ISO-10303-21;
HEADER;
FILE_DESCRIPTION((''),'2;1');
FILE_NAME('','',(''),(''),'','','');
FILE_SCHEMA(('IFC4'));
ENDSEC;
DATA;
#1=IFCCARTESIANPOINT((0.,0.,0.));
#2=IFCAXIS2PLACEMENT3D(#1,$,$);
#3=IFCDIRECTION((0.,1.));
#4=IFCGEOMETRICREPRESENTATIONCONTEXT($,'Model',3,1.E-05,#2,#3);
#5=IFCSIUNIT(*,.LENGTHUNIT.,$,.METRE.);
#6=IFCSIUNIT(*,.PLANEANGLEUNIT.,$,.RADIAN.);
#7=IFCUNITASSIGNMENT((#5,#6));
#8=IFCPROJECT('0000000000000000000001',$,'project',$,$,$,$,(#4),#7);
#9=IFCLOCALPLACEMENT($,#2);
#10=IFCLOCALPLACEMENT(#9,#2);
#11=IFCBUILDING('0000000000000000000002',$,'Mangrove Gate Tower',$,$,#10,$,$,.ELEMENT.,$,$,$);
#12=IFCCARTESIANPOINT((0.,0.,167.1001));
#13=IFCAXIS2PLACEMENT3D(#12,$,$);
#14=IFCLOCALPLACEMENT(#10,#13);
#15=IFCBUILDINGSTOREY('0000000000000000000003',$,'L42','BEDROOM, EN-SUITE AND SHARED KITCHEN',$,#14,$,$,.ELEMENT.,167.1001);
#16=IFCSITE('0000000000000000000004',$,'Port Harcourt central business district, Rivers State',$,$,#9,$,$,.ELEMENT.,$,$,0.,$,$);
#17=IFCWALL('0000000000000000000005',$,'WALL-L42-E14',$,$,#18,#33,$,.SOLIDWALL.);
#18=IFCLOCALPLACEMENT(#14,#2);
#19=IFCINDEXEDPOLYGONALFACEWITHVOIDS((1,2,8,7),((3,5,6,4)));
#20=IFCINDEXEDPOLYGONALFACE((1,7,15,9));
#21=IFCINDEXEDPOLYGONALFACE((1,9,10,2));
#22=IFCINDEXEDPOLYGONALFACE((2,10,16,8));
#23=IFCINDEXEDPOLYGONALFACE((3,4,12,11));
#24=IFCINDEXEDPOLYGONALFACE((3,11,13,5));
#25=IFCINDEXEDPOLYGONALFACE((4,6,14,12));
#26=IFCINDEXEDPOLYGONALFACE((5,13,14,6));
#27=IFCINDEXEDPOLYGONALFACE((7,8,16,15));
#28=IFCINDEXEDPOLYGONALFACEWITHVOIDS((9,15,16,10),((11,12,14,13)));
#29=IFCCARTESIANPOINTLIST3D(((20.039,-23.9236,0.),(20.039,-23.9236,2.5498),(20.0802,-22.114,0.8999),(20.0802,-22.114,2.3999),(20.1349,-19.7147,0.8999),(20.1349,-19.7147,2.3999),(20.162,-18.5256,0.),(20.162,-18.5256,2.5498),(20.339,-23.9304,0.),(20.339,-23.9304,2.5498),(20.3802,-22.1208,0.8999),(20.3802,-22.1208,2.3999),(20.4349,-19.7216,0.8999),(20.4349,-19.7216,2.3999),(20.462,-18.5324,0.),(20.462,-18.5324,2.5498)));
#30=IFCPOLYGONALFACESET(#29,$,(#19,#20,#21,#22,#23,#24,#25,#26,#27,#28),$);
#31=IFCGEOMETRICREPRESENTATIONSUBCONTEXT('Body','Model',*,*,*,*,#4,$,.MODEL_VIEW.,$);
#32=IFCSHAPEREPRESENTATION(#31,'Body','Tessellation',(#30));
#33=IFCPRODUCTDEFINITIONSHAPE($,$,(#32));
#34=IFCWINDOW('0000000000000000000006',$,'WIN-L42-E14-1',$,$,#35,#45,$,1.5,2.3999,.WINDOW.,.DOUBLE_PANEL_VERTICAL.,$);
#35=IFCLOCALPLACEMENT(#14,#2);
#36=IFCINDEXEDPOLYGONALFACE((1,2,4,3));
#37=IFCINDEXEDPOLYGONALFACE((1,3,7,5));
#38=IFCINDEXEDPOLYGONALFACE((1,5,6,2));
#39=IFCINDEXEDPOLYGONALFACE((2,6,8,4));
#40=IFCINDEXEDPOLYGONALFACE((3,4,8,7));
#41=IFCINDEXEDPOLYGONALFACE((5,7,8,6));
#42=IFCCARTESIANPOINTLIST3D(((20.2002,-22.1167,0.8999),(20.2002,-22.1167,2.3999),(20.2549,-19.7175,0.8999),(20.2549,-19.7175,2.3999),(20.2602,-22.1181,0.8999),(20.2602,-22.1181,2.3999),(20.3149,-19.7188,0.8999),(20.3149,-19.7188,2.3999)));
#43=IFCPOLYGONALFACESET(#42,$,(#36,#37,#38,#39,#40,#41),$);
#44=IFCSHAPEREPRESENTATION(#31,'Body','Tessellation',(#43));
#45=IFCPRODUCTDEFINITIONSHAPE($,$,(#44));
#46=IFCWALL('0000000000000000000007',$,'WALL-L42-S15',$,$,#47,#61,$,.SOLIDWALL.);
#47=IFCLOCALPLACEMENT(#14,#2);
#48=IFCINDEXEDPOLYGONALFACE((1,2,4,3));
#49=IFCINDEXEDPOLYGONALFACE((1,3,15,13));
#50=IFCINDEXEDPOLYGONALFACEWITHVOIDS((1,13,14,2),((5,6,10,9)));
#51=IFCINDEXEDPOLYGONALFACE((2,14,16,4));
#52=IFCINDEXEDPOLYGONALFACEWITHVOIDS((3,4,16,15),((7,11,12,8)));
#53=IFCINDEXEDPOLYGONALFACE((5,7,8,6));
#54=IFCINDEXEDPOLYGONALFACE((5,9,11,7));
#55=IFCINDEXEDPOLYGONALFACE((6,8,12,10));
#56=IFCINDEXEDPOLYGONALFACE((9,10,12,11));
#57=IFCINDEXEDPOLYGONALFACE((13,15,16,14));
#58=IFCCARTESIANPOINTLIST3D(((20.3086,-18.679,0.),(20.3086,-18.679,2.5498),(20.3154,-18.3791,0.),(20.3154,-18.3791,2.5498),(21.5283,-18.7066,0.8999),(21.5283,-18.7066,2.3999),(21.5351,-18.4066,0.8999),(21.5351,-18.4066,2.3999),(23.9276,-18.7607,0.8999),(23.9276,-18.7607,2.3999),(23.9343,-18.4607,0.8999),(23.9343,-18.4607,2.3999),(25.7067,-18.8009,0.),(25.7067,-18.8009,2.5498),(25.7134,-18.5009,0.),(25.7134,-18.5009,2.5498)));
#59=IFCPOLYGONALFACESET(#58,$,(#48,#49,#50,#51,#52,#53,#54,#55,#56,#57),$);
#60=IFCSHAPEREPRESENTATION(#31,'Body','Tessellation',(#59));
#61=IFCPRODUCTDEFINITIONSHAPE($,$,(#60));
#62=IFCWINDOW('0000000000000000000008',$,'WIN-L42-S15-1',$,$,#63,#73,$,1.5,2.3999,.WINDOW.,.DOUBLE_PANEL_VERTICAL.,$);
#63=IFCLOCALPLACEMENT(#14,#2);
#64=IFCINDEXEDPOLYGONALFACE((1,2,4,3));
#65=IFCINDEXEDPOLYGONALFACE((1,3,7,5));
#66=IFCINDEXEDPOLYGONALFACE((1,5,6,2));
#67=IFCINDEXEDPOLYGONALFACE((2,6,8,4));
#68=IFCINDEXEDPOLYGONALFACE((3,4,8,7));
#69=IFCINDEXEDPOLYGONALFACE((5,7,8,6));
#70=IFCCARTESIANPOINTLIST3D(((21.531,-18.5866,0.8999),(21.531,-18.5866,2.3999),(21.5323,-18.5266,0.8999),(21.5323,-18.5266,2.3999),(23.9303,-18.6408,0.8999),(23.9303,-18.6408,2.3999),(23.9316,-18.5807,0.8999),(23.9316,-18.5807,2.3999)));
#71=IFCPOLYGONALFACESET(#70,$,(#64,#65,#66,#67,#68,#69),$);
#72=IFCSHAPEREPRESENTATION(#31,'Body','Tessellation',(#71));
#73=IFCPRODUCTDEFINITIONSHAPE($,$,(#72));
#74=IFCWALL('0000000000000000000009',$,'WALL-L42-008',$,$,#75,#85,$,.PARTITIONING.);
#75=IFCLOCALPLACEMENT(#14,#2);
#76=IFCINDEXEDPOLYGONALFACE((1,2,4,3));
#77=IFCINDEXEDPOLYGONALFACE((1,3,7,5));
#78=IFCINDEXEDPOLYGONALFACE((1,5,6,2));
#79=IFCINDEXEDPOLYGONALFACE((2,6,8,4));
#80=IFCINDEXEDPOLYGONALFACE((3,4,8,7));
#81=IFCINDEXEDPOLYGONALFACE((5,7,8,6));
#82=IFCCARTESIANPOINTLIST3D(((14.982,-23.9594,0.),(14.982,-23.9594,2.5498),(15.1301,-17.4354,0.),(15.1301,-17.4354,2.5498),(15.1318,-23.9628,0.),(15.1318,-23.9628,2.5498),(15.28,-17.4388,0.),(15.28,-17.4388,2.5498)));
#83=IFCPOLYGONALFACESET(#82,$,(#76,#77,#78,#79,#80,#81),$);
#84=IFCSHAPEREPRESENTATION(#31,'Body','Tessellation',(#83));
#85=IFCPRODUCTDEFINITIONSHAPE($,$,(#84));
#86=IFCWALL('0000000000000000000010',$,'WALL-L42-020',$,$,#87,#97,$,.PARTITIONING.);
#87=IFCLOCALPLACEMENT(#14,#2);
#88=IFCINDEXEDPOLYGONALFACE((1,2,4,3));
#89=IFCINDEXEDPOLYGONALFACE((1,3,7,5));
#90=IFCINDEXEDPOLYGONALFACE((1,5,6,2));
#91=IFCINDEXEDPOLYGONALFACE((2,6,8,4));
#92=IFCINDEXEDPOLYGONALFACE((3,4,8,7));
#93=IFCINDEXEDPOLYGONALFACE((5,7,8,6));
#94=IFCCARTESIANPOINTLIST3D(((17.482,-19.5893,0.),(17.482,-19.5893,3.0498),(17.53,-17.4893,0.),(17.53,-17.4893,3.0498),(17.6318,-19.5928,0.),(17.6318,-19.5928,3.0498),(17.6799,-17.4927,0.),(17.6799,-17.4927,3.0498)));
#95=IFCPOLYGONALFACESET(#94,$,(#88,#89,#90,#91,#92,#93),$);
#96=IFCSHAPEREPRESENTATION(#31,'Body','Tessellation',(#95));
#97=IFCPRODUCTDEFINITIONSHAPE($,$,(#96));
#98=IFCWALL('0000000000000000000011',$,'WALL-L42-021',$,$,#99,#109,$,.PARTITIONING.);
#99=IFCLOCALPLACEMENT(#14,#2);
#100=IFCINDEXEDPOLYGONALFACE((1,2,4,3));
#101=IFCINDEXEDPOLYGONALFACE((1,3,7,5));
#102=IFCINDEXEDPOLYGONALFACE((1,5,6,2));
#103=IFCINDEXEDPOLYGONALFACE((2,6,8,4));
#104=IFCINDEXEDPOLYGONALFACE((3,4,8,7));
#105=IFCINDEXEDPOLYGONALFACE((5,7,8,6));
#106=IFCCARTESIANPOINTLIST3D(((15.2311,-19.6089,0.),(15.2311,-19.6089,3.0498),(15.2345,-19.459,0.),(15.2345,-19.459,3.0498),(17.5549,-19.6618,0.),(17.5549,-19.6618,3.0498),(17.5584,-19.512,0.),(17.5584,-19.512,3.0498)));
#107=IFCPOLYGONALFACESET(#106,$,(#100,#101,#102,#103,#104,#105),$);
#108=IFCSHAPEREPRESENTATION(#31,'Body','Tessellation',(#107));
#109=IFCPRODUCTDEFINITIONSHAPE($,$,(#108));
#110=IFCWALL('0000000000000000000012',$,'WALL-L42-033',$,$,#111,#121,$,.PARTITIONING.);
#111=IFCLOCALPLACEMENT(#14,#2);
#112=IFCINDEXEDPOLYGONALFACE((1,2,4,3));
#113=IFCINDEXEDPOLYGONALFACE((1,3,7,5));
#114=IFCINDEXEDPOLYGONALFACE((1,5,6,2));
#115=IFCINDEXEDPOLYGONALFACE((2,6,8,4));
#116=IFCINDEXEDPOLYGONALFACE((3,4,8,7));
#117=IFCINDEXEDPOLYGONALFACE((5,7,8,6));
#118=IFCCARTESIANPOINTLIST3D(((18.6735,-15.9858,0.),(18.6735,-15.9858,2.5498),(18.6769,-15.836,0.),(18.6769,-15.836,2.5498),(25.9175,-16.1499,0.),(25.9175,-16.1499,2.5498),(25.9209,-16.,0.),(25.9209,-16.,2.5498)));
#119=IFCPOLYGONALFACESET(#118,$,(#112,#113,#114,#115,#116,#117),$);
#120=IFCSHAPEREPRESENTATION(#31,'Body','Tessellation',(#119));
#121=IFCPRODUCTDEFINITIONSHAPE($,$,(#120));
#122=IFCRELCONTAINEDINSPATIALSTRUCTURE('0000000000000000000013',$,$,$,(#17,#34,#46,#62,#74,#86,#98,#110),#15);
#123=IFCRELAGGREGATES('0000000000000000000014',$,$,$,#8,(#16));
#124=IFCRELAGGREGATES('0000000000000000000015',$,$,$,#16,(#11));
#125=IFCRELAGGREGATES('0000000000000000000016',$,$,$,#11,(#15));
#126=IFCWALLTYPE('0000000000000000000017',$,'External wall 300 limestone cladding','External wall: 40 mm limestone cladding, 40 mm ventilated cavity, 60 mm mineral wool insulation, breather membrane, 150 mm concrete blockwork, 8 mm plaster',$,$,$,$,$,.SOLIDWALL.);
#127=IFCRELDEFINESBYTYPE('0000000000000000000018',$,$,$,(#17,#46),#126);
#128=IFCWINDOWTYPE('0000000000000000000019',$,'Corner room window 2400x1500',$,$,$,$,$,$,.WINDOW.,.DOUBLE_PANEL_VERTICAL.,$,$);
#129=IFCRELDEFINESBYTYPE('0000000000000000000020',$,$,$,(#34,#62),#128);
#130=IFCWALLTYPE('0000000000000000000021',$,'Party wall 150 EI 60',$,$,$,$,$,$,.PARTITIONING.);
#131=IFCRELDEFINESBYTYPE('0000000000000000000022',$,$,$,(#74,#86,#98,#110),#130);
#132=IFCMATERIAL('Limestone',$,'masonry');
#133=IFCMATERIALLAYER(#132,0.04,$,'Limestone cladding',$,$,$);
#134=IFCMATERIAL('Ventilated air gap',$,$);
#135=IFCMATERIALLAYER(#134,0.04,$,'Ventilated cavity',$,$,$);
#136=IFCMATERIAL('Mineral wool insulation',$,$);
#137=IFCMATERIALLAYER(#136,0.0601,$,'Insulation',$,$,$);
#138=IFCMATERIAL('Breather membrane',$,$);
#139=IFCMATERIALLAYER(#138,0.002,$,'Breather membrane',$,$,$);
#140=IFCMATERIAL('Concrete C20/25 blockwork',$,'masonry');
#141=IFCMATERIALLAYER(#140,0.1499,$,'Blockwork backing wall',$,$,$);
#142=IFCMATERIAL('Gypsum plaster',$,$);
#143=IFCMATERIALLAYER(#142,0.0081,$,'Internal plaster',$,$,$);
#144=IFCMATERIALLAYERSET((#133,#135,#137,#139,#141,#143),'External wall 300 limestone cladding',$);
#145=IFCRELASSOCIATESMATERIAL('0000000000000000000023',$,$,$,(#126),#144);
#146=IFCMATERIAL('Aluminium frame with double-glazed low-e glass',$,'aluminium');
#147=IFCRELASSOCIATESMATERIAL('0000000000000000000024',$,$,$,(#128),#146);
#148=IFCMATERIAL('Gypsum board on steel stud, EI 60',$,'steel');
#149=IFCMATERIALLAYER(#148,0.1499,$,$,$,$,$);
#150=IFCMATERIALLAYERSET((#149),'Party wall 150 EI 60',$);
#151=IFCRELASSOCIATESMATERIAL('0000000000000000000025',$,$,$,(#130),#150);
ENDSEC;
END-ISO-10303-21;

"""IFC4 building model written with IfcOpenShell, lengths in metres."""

from ifc_helpers import new_model, si_unit, direction, frame, frame_2d, origin, place, context, subcontext, project, spatial, rectangle, extrude, material, layer, layer_set, type_object, element, fill, save


model = new_model("IFC4")

# Units and contexts
model_context = context("Model", 3, precision=1e-05, world=origin(), true_north=direction((0.0, 1.0)))
body_context = subcontext(model_context, "Body", "Model", "MODEL_VIEW")
ifc_project = project(units=[si_unit("LENGTHUNIT", "METRE"), si_unit("PLANEANGLEUNIT", "RADIAN")], contexts=[model_context])

# Site, building, storey
site_placement = place(None, origin())
site = spatial("IfcSite", under=ifc_project, at=site_placement, Name="Port Harcourt central business district, Rivers State", CompositionType="ELEMENT", RefElevation=0.0)
building_placement = place(site_placement, origin())
building = spatial("IfcBuilding", under=site, at=building_placement, Name="Mangrove Gate Tower", CompositionType="ELEMENT")
storey_placement = place(building_placement, frame((0.0, 0.0, 167.1001)))
storey = spatial("IfcBuildingStorey", under=building, at=storey_placement, Name="L42", Description="BEDROOM, EN-SUITE AND SHARED KITCHEN", CompositionType="ELEMENT", Elevation=167.1001)

# Shared definitions
ifc_material_1 = material(Name="Limestone", Category="masonry")
ifc_layer_1 = layer(ifc_material_1, 0.04, Name="Limestone cladding")
ifc_material_2 = material(Name="Ventilated air gap")
ifc_layer_2 = layer(ifc_material_2, 0.04, Name="Ventilated cavity")
ifc_material_3 = material(Name="Mineral wool insulation")
ifc_layer_3 = layer(ifc_material_3, 0.0601, Name="Insulation")
ifc_material_4 = material(Name="Breather membrane")
ifc_layer_4 = layer(ifc_material_4, 0.002, Name="Breather membrane")
ifc_material_5 = material(Name="Concrete C20/25 blockwork", Category="masonry")
ifc_layer_5 = layer(ifc_material_5, 0.1499, Name="Blockwork backing wall")
ifc_material_6 = material(Name="Gypsum plaster")
ifc_layer_6 = layer(ifc_material_6, 0.0081, Name="Internal plaster")
ifc_layer_set_1 = layer_set([ifc_layer_1, ifc_layer_2, ifc_layer_3, ifc_layer_4, ifc_layer_5, ifc_layer_6], Name="External wall 300 limestone cladding")
wall_type_1 = type_object("IfcWallType", Name="External wall 300 limestone cladding", Description="External wall: 40 mm limestone cladding, 40 mm ventilated cavity, 60 mm mineral wool insulation, breather membrane, 150 mm concrete blockwork, 8 mm plaster", PredefinedType="SOLIDWALL", material=ifc_layer_set_1)

# Walls, openings, windows
wall_1_placement = place(storey_placement, frame((20.189, -23.927, 0.0), z_axis=(0.0, 0.0, 1.0), x_axis=(0.022789, 0.99974, 0.0)))
wall_1 = element("IfcWall", 1, at=wall_1_placement, inside=storey, type_object=wall_type_1, Name="WALL-L42-E14", PredefinedType="SOLIDWALL", context=body_context, shape_type="SweptSolid", body=[
    extrude(rectangle(XDim=5.3994, YDim=0.3, at=frame_2d((2.6997, 0.0))), origin(), (0.0, 0.0, 1.0), 2.5498),
])
opening_1_placement = place(wall_1_placement, frame((1.8101, 0.0, 0.8999)))
opening_1 = element("IfcOpeningElement", 2, at=opening_1_placement, cuts=wall_1, PredefinedType="OPENING", context=body_context, shape_type="SweptSolid", body=[
    extrude(rectangle(XDim=2.3999, YDim=1.5, at=frame_2d((1.2, 0.75))), frame((0.0, 0.1599, 0.0), z_axis=(0.0, -1.0, 0.0), x_axis=(1.0, 0.0, 0.0)), (0.0, 0.0, 1.0), 0.3201),
])
ifc_material_7 = material(Name="Aluminium frame with double-glazed low-e glass", Category="aluminium")
window_type_1 = type_object("IfcWindowType", Name="Corner room window 2400x1500", PartitioningType="DOUBLE_PANEL_VERTICAL", PredefinedType="WINDOW", material=ifc_material_7)
window_1_placement = place(opening_1_placement, origin())
window_1 = element("IfcWindow", 3, at=window_1_placement, inside=storey, type_object=window_type_1, Name="WIN-L42-E14-1", OverallHeight=1.5, OverallWidth=2.3999, PartitioningType="DOUBLE_PANEL_VERTICAL", PredefinedType="WINDOW", context=body_context, shape_type="SweptSolid", body=[
    extrude(rectangle(XDim=2.3999, YDim=1.5, at=frame_2d((1.2, 0.75))), frame((0.0, 0.03, 0.0), z_axis=(0.0, -1.0, 0.0), x_axis=(1.0, 0.0, 0.0)), (0.0, 0.0, 1.0), 0.0601),
])
fill(opening_1, window_1)
wall_2_placement = place(storey_placement, frame((20.312, -18.5291, 0.0), z_axis=(0.0, 0.0, 1.0), x_axis=(0.999745, -0.022563, 0.0)))
wall_2 = element("IfcWall", 4, at=wall_2_placement, inside=storey, type_object=wall_type_1, Name="WALL-L42-S15", PredefinedType="SOLIDWALL", context=body_context, shape_type="SweptSolid", body=[
    extrude(rectangle(XDim=5.3994, YDim=0.3, at=frame_2d((2.6997, 0.0))), origin(), (0.0, 0.0, 1.0), 2.5498),
])
opening_2_placement = place(wall_2_placement, frame((1.22, 0.0, 0.8999)))
opening_2 = element("IfcOpeningElement", 5, at=opening_2_placement, cuts=wall_2, PredefinedType="OPENING", context=body_context, shape_type="SweptSolid", body=[
    extrude(rectangle(XDim=2.3999, YDim=1.5, at=frame_2d((1.2, 0.75))), frame((0.0, 0.1599, 0.0), z_axis=(0.0, -1.0, 0.0), x_axis=(1.0, 0.0, 0.0)), (0.0, 0.0, 1.0), 0.3201),
])
window_2_placement = place(opening_2_placement, origin())
window_2 = element("IfcWindow", 6, at=window_2_placement, inside=storey, type_object=window_type_1, Name="WIN-L42-S15-1", OverallHeight=1.5, OverallWidth=2.3999, PartitioningType="DOUBLE_PANEL_VERTICAL", PredefinedType="WINDOW", context=body_context, shape_type="SweptSolid", body=[
    extrude(rectangle(XDim=2.3999, YDim=1.5, at=frame_2d((1.2, 0.75))), frame((0.0, 0.03, 0.0), z_axis=(0.0, -1.0, 0.0), x_axis=(1.0, 0.0, 0.0)), (0.0, 0.0, 1.0), 0.0601),
])
fill(opening_2, window_2)

# Walls
ifc_material_8 = material(Name="Gypsum board on steel stud, EI 60", Category="steel")
ifc_layer_7 = layer(ifc_material_8, 0.1499)
ifc_layer_set_2 = layer_set([ifc_layer_7], Name="Party wall 150 EI 60")
wall_type_2 = type_object("IfcWallType", Name="Party wall 150 EI 60", PredefinedType="PARTITIONING", material=ifc_layer_set_2)
wall_3_placement = place(storey_placement, frame((15.0569, -23.9609, 0.0), z_axis=(0.0, 0.0, 1.0), x_axis=(0.02271, 0.999742, 0.0)))
element("IfcWall", 7, at=wall_3_placement, inside=storey, type_object=wall_type_2, Name="WALL-L42-008", PredefinedType="PARTITIONING", context=body_context, shape_type="SweptSolid", body=[
    extrude(rectangle(XDim=6.5256, YDim=0.1499, at=frame_2d((3.2627, 0.0))), origin(), (0.0, 0.0, 1.0), 2.5498),
])
wall_4_placement = place(storey_placement, frame((17.5569, -19.5911, 0.0), z_axis=(0.0, 0.0, 1.0), x_axis=(0.022896, 0.999738, 0.0)))
element("IfcWall", 8, at=wall_4_placement, inside=storey, type_object=wall_type_2, Name="WALL-L42-020", PredefinedType="PARTITIONING", context=body_context, shape_type="SweptSolid", body=[
    extrude(rectangle(XDim=2.1006, YDim=0.1499, at=frame_2d((1.0503, 0.0))), origin(), (0.0, 0.0, 1.0), 3.0498),
])
wall_5_placement = place(storey_placement, frame((15.2329, -19.5339, 0.0), z_axis=(0.0, 0.0, 1.0), x_axis=(0.99974, -0.022791, 0.0)))
element("IfcWall", 9, at=wall_5_placement, inside=storey, type_object=wall_type_2, Name="WALL-L42-021", PredefinedType="PARTITIONING", context=body_context, shape_type="SweptSolid", body=[
    extrude(rectangle(XDim=2.3245, YDim=0.1499, at=frame_2d((1.1621, 0.0))), origin(), (0.0, 0.0, 1.0), 3.0498),
])
wall_6_placement = place(storey_placement, frame((18.675, -15.9109, 0.0), z_axis=(0.0, 0.0, 1.0), x_axis=(0.999744, -0.022643, 0.0)))
element("IfcWall", 10, at=wall_6_placement, inside=storey, type_object=wall_type_2, Name="WALL-L42-033", PredefinedType="PARTITIONING", context=body_context, shape_type="SweptSolid", body=[
    extrude(rectangle(XDim=7.2458, YDim=0.1499, at=frame_2d((3.623, 0.0))), origin(), (0.0, 0.0, 1.0), 2.5498),
])

save(model, "model.ifc")
